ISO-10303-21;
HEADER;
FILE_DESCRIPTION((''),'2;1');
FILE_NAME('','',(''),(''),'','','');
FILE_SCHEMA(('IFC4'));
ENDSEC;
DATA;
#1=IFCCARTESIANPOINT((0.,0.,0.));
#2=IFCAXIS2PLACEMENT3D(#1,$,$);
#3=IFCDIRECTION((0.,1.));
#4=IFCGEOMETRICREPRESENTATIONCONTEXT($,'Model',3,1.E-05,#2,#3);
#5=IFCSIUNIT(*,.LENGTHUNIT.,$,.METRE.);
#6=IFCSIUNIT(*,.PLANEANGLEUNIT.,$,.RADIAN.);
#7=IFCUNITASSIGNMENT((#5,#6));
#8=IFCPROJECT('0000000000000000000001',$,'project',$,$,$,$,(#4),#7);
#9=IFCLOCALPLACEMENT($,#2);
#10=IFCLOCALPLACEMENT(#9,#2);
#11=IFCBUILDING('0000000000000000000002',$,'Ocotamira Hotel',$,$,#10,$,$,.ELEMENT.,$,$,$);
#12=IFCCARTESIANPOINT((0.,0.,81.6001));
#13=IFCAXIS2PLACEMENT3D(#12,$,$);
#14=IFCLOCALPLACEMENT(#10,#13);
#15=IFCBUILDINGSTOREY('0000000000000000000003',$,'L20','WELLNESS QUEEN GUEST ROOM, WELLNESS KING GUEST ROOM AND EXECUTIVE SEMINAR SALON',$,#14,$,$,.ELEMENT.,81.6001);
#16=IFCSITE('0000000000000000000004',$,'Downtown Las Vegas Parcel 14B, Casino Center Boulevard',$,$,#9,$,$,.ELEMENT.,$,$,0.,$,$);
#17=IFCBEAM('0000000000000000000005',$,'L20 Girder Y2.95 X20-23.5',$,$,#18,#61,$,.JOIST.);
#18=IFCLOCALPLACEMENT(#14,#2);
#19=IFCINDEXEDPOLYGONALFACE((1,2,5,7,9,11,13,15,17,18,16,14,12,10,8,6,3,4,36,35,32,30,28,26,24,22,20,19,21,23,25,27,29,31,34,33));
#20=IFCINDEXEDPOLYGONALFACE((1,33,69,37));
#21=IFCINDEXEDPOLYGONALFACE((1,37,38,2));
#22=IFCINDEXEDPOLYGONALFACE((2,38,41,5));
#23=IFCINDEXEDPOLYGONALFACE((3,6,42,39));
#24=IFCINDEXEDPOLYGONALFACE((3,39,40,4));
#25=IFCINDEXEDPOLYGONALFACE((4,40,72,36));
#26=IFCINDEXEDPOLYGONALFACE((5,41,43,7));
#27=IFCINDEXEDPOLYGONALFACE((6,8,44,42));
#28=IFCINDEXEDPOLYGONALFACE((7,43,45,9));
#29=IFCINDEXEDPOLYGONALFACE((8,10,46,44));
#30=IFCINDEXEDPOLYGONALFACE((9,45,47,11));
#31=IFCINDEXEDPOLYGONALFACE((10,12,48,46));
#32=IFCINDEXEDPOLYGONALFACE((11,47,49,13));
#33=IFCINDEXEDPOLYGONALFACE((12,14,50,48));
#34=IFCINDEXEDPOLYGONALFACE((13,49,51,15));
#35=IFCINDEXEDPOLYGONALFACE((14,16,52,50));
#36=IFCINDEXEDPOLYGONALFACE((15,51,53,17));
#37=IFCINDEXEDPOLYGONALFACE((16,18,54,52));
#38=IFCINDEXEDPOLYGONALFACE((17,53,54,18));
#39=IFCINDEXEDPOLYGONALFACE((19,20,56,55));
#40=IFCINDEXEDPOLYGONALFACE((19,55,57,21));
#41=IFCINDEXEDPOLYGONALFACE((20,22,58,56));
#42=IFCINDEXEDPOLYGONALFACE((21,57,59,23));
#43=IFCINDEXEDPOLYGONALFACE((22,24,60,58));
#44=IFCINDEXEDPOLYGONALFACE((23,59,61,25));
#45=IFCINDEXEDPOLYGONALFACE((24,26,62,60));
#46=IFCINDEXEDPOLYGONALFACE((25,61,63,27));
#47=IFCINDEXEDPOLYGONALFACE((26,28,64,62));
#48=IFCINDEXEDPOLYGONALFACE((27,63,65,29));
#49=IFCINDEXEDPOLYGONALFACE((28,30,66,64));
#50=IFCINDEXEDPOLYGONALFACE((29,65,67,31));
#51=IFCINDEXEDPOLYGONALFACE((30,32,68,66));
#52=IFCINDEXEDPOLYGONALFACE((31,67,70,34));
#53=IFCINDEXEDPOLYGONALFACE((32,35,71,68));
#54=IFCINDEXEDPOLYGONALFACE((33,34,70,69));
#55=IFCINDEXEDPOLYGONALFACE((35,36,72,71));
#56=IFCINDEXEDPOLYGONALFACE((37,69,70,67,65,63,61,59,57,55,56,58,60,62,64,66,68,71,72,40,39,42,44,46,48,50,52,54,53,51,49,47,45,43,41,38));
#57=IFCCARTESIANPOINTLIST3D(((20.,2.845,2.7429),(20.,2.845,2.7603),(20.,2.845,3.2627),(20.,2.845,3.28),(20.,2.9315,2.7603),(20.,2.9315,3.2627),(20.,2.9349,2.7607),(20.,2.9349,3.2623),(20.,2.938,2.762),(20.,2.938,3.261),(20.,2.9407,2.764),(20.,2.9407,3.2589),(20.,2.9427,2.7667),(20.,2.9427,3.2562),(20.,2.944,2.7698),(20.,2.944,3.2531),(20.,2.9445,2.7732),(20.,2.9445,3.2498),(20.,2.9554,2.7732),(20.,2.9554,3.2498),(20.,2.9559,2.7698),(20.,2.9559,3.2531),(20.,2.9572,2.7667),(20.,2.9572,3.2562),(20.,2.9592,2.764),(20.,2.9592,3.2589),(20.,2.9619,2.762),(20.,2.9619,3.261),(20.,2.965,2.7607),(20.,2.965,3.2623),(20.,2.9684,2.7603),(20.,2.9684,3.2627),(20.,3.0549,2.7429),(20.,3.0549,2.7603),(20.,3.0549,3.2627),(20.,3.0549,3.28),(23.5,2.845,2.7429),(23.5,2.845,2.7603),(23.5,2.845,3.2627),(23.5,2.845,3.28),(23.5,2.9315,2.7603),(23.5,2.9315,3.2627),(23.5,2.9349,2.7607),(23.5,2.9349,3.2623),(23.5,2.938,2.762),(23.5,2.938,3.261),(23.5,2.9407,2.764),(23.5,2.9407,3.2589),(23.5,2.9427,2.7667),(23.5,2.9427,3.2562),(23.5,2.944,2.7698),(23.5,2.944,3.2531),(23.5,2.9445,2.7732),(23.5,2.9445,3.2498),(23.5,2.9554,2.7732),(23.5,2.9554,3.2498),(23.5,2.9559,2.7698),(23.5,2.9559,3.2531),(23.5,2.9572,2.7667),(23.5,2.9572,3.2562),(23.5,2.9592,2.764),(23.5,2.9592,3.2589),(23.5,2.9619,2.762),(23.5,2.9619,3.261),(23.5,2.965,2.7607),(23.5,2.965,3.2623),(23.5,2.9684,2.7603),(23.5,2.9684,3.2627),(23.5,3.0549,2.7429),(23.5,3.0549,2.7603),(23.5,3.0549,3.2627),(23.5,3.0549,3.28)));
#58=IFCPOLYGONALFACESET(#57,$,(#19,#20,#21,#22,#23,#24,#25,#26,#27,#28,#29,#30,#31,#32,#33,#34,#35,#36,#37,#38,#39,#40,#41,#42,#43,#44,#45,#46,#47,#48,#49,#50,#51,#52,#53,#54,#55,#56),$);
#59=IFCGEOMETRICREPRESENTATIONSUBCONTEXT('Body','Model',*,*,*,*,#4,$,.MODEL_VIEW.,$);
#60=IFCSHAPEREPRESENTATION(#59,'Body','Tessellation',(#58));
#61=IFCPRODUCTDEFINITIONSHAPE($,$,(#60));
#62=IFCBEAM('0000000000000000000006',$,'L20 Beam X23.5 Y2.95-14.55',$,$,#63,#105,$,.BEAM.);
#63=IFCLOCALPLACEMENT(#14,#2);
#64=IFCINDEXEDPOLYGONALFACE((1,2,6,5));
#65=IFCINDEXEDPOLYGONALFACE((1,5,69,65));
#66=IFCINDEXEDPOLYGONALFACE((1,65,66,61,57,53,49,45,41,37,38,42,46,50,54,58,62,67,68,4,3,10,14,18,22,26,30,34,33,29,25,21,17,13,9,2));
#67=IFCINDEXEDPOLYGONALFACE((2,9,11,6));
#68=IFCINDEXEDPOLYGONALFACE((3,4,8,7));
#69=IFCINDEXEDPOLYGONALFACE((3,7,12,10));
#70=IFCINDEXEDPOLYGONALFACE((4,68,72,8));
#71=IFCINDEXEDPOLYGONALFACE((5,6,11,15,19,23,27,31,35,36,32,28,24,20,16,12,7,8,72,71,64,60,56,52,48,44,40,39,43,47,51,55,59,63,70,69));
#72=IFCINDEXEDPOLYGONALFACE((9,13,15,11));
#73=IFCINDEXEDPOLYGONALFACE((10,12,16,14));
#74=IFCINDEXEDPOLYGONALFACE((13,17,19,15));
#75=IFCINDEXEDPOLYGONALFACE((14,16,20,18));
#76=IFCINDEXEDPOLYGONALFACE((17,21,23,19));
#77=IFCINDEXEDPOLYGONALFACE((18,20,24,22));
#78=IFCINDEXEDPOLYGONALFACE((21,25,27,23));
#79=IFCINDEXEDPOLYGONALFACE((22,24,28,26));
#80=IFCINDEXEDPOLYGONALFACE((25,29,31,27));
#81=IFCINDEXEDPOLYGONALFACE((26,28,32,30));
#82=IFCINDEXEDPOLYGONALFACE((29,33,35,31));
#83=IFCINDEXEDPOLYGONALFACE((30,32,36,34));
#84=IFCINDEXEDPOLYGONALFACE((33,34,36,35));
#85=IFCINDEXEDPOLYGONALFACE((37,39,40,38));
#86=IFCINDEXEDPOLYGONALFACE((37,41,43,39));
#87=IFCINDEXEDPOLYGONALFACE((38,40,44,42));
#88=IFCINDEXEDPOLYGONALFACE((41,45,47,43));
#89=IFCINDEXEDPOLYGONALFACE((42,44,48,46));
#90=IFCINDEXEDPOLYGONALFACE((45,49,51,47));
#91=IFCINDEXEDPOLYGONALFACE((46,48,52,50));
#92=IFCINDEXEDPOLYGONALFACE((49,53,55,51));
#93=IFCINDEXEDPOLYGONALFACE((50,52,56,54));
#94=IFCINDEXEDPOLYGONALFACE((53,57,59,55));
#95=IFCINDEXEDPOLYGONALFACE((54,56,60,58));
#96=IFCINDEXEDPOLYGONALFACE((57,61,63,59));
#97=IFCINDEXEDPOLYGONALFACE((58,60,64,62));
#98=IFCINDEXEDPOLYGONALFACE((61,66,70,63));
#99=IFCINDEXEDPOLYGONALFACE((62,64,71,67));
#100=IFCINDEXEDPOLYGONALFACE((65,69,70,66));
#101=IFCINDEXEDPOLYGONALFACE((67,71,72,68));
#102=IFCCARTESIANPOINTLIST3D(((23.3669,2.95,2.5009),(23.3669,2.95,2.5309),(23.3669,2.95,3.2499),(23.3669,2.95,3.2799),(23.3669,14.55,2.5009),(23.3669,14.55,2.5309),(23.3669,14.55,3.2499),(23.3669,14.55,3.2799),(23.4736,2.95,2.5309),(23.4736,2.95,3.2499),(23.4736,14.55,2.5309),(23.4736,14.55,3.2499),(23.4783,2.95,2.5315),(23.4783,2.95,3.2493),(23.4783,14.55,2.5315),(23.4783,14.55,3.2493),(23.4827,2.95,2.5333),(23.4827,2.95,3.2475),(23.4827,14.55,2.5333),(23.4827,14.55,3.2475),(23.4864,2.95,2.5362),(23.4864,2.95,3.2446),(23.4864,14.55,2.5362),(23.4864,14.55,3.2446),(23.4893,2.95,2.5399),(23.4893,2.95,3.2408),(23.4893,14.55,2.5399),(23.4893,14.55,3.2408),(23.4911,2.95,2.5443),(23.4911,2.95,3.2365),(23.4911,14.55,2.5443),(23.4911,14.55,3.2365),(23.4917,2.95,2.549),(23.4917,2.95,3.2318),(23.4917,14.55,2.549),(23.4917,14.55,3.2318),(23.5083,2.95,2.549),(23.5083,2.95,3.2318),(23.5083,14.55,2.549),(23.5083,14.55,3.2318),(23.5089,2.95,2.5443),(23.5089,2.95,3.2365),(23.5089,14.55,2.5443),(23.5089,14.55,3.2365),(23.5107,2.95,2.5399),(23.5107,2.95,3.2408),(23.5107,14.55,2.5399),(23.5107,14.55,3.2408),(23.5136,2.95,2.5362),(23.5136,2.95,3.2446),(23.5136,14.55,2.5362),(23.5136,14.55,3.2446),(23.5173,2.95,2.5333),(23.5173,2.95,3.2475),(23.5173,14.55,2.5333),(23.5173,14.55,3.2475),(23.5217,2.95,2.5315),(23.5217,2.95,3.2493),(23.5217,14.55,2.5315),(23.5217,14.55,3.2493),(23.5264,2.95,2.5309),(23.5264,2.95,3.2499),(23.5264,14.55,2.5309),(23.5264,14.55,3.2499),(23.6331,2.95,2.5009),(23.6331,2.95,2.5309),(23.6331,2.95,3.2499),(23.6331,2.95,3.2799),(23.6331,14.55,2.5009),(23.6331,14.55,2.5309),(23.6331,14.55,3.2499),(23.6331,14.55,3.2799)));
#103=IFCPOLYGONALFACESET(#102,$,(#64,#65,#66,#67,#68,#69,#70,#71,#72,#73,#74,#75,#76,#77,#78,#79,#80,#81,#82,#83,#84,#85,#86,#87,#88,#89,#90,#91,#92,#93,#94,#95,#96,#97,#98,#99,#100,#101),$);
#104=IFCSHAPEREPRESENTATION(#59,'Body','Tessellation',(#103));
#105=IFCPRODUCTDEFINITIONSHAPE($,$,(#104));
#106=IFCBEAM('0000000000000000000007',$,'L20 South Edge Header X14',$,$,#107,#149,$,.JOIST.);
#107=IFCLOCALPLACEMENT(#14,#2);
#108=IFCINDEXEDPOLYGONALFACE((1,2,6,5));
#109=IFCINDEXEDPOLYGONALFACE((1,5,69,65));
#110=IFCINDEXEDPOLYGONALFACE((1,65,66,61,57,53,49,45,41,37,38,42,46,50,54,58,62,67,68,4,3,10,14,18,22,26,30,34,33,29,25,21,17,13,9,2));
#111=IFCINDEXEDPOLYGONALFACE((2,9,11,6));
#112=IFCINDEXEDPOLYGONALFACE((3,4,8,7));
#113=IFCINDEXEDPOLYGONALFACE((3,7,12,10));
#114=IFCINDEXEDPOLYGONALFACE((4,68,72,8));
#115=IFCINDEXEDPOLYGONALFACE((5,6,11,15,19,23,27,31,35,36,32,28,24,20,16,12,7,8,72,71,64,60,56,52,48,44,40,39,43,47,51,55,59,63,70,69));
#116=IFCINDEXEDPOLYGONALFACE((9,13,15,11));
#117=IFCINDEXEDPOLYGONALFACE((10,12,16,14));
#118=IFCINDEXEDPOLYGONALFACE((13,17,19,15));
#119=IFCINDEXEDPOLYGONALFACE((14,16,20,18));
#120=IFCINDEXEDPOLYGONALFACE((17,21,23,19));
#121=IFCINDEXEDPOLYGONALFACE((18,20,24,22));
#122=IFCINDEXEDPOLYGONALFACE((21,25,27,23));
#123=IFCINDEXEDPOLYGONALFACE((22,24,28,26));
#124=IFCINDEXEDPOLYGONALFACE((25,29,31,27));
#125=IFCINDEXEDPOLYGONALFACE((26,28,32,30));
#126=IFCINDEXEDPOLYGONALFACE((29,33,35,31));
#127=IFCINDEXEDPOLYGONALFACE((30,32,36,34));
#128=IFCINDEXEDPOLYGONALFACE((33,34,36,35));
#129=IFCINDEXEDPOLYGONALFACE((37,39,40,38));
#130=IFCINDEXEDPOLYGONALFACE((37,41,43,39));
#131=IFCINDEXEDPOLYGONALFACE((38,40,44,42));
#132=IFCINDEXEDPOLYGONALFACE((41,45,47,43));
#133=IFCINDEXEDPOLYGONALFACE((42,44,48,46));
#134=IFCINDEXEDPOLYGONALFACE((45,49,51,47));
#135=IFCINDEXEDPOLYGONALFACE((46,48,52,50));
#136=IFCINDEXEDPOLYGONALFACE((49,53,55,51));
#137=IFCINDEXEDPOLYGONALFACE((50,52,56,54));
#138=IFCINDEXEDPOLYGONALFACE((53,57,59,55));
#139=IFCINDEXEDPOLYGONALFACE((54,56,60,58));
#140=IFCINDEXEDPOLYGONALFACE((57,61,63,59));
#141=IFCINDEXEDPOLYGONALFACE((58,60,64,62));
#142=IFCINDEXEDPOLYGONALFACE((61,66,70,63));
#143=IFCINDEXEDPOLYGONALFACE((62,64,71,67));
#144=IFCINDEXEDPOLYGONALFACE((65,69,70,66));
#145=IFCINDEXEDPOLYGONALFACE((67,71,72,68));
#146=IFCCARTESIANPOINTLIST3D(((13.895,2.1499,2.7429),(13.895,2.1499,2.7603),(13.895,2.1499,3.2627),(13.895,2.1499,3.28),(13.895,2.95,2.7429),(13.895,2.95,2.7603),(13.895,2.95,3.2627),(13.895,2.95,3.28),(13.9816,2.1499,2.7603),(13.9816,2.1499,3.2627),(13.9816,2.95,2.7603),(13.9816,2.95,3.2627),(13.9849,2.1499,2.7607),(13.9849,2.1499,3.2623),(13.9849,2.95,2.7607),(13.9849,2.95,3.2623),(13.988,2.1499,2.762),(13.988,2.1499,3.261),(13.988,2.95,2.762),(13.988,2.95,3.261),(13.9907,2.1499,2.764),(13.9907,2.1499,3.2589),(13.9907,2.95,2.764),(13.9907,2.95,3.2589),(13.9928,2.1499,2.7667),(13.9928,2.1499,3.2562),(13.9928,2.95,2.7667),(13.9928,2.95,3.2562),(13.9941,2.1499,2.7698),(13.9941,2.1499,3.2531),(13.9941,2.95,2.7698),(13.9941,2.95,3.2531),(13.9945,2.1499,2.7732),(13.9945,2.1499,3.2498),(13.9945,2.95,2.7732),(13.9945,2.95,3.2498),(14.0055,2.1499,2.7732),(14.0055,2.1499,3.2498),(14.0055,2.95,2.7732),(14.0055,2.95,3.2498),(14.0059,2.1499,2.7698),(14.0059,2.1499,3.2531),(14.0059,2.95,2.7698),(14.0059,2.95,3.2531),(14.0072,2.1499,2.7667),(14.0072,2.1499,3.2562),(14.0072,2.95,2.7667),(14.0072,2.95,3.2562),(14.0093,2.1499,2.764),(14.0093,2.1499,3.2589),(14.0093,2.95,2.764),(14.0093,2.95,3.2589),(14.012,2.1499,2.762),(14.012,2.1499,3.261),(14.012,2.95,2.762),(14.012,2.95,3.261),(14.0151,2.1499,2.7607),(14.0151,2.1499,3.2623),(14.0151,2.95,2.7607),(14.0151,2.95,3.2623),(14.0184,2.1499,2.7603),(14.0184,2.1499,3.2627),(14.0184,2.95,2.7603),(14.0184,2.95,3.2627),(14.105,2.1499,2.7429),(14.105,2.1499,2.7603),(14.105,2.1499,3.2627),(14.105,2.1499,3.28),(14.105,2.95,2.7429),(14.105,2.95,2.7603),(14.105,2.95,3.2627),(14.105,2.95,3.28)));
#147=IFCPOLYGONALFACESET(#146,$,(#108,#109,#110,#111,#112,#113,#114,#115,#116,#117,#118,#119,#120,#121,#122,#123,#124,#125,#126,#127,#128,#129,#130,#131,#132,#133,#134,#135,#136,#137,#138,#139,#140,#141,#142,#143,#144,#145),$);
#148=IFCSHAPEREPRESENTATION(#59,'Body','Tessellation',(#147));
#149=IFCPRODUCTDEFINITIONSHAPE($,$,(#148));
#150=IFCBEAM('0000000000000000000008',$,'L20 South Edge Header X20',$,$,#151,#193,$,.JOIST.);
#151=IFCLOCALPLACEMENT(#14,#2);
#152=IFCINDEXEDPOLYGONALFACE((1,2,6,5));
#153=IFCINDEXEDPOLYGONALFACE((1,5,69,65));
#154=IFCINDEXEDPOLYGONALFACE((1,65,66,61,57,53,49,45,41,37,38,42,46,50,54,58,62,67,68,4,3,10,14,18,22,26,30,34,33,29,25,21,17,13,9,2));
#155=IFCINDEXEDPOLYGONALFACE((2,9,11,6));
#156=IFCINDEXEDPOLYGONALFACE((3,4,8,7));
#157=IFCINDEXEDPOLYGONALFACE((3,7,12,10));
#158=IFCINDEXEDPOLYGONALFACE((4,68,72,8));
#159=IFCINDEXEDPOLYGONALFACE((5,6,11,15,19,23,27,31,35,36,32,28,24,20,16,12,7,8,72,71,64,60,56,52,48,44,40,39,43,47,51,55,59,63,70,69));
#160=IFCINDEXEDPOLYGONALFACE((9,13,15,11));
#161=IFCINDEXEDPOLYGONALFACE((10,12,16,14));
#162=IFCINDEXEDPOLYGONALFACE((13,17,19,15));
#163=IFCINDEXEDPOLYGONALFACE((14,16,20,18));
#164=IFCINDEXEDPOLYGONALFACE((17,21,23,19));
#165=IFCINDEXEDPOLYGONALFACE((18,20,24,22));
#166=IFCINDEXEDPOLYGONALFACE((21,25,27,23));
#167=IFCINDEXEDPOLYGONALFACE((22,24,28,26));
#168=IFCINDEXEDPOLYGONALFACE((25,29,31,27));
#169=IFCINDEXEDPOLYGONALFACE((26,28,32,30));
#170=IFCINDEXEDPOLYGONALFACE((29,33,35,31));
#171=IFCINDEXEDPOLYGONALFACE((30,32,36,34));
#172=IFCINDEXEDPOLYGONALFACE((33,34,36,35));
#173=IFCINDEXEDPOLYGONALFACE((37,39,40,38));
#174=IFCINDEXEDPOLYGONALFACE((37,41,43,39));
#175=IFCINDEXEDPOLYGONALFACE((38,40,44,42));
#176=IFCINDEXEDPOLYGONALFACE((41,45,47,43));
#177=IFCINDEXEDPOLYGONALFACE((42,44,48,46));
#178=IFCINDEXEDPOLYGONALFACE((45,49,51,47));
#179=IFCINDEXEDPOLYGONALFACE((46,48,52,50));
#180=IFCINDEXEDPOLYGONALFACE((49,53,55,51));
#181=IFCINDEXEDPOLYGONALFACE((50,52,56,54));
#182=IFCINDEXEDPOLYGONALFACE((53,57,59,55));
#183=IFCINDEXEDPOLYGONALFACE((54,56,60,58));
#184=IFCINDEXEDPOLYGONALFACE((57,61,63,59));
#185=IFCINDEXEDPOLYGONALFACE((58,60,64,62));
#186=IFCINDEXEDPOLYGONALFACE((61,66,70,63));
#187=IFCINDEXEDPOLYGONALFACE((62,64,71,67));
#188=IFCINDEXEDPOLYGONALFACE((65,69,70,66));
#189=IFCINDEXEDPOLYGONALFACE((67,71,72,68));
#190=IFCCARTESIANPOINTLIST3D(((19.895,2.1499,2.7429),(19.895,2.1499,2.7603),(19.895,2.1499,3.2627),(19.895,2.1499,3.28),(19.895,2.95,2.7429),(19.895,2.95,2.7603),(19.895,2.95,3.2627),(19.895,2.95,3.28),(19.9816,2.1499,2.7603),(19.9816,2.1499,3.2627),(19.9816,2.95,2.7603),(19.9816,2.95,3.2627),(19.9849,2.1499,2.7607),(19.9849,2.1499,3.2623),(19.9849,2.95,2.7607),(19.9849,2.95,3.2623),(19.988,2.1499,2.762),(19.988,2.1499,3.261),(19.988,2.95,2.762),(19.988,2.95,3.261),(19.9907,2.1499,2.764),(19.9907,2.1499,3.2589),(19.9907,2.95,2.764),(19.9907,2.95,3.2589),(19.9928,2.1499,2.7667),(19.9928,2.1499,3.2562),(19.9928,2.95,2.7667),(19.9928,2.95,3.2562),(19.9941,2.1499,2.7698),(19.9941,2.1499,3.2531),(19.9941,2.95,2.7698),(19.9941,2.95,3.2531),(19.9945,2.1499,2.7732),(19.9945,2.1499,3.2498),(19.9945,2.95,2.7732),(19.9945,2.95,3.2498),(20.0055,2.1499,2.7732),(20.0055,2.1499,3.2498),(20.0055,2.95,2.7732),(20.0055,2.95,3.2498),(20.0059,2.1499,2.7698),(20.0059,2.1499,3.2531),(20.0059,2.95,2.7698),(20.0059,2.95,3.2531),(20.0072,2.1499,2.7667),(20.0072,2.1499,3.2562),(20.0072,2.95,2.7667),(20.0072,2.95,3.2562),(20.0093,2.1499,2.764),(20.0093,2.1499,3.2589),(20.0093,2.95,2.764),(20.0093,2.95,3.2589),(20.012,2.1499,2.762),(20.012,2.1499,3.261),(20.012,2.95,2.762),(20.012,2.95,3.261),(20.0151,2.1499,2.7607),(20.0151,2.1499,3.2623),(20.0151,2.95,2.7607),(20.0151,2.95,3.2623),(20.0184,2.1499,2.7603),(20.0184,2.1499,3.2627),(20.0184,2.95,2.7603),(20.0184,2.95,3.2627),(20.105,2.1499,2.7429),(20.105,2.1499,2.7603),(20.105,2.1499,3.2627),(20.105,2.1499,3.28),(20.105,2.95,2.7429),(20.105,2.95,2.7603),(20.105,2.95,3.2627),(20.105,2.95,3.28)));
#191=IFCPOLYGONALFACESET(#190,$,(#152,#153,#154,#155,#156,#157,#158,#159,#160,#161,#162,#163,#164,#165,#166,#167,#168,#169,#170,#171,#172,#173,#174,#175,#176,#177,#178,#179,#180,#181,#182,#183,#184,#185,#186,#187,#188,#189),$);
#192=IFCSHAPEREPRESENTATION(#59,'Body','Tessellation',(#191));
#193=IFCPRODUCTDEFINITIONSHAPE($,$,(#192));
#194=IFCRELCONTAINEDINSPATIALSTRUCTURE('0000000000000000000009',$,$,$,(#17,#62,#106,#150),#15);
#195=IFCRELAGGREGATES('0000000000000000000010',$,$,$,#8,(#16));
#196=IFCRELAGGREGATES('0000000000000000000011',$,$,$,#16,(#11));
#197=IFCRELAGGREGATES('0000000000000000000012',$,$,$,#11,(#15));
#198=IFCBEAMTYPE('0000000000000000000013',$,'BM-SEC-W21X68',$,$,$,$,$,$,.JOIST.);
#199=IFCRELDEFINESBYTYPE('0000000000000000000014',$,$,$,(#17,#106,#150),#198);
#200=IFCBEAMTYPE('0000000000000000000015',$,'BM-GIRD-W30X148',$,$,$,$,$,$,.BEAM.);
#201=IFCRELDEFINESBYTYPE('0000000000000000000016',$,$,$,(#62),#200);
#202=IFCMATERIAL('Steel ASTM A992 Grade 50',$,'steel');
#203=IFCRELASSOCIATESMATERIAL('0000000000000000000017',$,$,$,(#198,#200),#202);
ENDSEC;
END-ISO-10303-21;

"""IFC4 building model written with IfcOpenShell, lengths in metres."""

from ifc_helpers import new_model, si_unit, direction, frame, origin, origin_2d, place, context, subcontext, project, spatial, i_section, extrude, source, transform, mapped, material, material_profile, profile_set, type_object, element, save


model = new_model("IFC4")

# Units and contexts
model_context = context("Model", 3, precision=1e-05, world=origin(), true_north=direction((0.0, 1.0)))
body_context = subcontext(model_context, "Body", "Model", "MODEL_VIEW")
ifc_project = project(units=[si_unit("LENGTHUNIT", "METRE"), si_unit("PLANEANGLEUNIT", "RADIAN")], contexts=[model_context])

# Site, building, storey
site_placement = place(None, origin())
site = spatial("IfcSite", under=ifc_project, at=site_placement, Name="Downtown Las Vegas Parcel 14B, Casino Center Boulevard", CompositionType="ELEMENT", RefElevation=0.0)
building_placement = place(site_placement, origin())
building = spatial("IfcBuilding", under=site, at=building_placement, Name="Ocotamira Hotel", CompositionType="ELEMENT")
storey_placement = place(building_placement, frame((0.0, 0.0, 81.6001)))
storey = spatial("IfcBuildingStorey", under=building, at=storey_placement, Name="L20", Description="WELLNESS QUEEN GUEST ROOM, WELLNESS KING GUEST ROOM AND EXECUTIVE SEMINAR SALON", CompositionType="ELEMENT", Elevation=81.6001)

# Beams
ifc_material_1 = material(Name="Steel ASTM A992 Grade 50", Category="steel")
ifc_material_profile_1 = material_profile(ifc_material_1, i_section(OverallWidth=0.21, OverallDepth=0.5371, WebThickness=0.011, FlangeThickness=0.0173, FilletRadius=0.0129, at=origin_2d()), Name="W21X68")
ifc_profile_set_1 = profile_set([ifc_material_profile_1], Name="Steel ASTM A992 Grade 50")
beam_type_1 = type_object("IfcBeamType", Name="BM-SEC-W21X68", PredefinedType="JOIST", material=ifc_profile_set_1)
shared_shape_1 = source(origin(), body_context, "Body", "SweptSolid", [
    extrude(i_section(OverallWidth=0.21, OverallDepth=0.5371, WebThickness=0.011, FlangeThickness=0.0173, FilletRadius=0.0129, at=origin_2d()), origin(), (0.0, 0.0, 1.0), 3.5),
])
beam_1_placement = place(storey_placement, frame((20.0, 2.95, 3.0115), z_axis=(1.0, 0.0, 0.0), x_axis=(0.0, 1.0, 0.0)))
element("IfcBeam", 1, at=beam_1_placement, inside=storey, type_object=beam_type_1, Name="L20 Girder Y2.95 X20-23.5", PredefinedType="JOIST", context=body_context, shape_type="MappedRepresentation", body=[
    mapped(shared_shape_1, transform((0.0, 0.0, 0.0), scale=1.0)),
])
ifc_material_profile_2 = material_profile(ifc_material_1, i_section(OverallWidth=0.2661, OverallDepth=0.7791, WebThickness=0.0166, FlangeThickness=0.03, FilletRadius=0.0181, at=origin_2d()), Name="W30X148")
ifc_profile_set_2 = profile_set([ifc_material_profile_2], Name="Steel ASTM A992 Grade 50")
beam_type_2 = type_object("IfcBeamType", Name="BM-GIRD-W30X148", PredefinedType="BEAM", material=ifc_profile_set_2)
shared_shape_2 = source(origin(), body_context, "Body", "SweptSolid", [
    extrude(i_section(OverallWidth=0.2661, OverallDepth=0.7791, WebThickness=0.0166, FlangeThickness=0.03, FilletRadius=0.0181, at=origin_2d()), origin(), (0.0, 0.0, 1.0), 11.6001),
])
beam_2_placement = place(storey_placement, frame((23.5, 2.95, 2.8904), z_axis=(0.0, 1.0, 0.0), x_axis=(-1.0, 0.0, 0.0)))
element("IfcBeam", 2, at=beam_2_placement, inside=storey, type_object=beam_type_2, Name="L20 Beam X23.5 Y2.95-14.55", PredefinedType="BEAM", context=body_context, shape_type="MappedRepresentation", body=[
    mapped(shared_shape_2, transform((0.0, 0.0, 0.0), scale=1.0)),
])
shared_shape_3 = source(origin(), body_context, "Body", "SweptSolid", [
    extrude(i_section(OverallWidth=0.21, OverallDepth=0.5371, WebThickness=0.011, FlangeThickness=0.0173, FilletRadius=0.0129, at=origin_2d()), origin(), (0.0, 0.0, 1.0), 0.8),
])
for number, where, z_axis, x_axis, name in (
    (3, (14.0, 2.95, 3.0115), (0.0, -1.0, 0.0), (1.0, 0.0, 0.0), "L20 South Edge Header X14"),
    (4, (20.0, 2.95, 3.0115), (0.0, -1.0, 0.0), (1.0, 0.0, 0.0), "L20 South Edge Header X20"),
):
    element("IfcBeam", number, at=place(storey_placement, frame(where, z_axis=z_axis, x_axis=x_axis)), inside=storey, type_object=beam_type_1, Name=name, PredefinedType="JOIST", context=body_context, shape_type="MappedRepresentation", body=[
        mapped(shared_shape_3, transform((0.0, 0.0, 0.0), scale=1.0)),
    ])

save(model, "model.ifc")
